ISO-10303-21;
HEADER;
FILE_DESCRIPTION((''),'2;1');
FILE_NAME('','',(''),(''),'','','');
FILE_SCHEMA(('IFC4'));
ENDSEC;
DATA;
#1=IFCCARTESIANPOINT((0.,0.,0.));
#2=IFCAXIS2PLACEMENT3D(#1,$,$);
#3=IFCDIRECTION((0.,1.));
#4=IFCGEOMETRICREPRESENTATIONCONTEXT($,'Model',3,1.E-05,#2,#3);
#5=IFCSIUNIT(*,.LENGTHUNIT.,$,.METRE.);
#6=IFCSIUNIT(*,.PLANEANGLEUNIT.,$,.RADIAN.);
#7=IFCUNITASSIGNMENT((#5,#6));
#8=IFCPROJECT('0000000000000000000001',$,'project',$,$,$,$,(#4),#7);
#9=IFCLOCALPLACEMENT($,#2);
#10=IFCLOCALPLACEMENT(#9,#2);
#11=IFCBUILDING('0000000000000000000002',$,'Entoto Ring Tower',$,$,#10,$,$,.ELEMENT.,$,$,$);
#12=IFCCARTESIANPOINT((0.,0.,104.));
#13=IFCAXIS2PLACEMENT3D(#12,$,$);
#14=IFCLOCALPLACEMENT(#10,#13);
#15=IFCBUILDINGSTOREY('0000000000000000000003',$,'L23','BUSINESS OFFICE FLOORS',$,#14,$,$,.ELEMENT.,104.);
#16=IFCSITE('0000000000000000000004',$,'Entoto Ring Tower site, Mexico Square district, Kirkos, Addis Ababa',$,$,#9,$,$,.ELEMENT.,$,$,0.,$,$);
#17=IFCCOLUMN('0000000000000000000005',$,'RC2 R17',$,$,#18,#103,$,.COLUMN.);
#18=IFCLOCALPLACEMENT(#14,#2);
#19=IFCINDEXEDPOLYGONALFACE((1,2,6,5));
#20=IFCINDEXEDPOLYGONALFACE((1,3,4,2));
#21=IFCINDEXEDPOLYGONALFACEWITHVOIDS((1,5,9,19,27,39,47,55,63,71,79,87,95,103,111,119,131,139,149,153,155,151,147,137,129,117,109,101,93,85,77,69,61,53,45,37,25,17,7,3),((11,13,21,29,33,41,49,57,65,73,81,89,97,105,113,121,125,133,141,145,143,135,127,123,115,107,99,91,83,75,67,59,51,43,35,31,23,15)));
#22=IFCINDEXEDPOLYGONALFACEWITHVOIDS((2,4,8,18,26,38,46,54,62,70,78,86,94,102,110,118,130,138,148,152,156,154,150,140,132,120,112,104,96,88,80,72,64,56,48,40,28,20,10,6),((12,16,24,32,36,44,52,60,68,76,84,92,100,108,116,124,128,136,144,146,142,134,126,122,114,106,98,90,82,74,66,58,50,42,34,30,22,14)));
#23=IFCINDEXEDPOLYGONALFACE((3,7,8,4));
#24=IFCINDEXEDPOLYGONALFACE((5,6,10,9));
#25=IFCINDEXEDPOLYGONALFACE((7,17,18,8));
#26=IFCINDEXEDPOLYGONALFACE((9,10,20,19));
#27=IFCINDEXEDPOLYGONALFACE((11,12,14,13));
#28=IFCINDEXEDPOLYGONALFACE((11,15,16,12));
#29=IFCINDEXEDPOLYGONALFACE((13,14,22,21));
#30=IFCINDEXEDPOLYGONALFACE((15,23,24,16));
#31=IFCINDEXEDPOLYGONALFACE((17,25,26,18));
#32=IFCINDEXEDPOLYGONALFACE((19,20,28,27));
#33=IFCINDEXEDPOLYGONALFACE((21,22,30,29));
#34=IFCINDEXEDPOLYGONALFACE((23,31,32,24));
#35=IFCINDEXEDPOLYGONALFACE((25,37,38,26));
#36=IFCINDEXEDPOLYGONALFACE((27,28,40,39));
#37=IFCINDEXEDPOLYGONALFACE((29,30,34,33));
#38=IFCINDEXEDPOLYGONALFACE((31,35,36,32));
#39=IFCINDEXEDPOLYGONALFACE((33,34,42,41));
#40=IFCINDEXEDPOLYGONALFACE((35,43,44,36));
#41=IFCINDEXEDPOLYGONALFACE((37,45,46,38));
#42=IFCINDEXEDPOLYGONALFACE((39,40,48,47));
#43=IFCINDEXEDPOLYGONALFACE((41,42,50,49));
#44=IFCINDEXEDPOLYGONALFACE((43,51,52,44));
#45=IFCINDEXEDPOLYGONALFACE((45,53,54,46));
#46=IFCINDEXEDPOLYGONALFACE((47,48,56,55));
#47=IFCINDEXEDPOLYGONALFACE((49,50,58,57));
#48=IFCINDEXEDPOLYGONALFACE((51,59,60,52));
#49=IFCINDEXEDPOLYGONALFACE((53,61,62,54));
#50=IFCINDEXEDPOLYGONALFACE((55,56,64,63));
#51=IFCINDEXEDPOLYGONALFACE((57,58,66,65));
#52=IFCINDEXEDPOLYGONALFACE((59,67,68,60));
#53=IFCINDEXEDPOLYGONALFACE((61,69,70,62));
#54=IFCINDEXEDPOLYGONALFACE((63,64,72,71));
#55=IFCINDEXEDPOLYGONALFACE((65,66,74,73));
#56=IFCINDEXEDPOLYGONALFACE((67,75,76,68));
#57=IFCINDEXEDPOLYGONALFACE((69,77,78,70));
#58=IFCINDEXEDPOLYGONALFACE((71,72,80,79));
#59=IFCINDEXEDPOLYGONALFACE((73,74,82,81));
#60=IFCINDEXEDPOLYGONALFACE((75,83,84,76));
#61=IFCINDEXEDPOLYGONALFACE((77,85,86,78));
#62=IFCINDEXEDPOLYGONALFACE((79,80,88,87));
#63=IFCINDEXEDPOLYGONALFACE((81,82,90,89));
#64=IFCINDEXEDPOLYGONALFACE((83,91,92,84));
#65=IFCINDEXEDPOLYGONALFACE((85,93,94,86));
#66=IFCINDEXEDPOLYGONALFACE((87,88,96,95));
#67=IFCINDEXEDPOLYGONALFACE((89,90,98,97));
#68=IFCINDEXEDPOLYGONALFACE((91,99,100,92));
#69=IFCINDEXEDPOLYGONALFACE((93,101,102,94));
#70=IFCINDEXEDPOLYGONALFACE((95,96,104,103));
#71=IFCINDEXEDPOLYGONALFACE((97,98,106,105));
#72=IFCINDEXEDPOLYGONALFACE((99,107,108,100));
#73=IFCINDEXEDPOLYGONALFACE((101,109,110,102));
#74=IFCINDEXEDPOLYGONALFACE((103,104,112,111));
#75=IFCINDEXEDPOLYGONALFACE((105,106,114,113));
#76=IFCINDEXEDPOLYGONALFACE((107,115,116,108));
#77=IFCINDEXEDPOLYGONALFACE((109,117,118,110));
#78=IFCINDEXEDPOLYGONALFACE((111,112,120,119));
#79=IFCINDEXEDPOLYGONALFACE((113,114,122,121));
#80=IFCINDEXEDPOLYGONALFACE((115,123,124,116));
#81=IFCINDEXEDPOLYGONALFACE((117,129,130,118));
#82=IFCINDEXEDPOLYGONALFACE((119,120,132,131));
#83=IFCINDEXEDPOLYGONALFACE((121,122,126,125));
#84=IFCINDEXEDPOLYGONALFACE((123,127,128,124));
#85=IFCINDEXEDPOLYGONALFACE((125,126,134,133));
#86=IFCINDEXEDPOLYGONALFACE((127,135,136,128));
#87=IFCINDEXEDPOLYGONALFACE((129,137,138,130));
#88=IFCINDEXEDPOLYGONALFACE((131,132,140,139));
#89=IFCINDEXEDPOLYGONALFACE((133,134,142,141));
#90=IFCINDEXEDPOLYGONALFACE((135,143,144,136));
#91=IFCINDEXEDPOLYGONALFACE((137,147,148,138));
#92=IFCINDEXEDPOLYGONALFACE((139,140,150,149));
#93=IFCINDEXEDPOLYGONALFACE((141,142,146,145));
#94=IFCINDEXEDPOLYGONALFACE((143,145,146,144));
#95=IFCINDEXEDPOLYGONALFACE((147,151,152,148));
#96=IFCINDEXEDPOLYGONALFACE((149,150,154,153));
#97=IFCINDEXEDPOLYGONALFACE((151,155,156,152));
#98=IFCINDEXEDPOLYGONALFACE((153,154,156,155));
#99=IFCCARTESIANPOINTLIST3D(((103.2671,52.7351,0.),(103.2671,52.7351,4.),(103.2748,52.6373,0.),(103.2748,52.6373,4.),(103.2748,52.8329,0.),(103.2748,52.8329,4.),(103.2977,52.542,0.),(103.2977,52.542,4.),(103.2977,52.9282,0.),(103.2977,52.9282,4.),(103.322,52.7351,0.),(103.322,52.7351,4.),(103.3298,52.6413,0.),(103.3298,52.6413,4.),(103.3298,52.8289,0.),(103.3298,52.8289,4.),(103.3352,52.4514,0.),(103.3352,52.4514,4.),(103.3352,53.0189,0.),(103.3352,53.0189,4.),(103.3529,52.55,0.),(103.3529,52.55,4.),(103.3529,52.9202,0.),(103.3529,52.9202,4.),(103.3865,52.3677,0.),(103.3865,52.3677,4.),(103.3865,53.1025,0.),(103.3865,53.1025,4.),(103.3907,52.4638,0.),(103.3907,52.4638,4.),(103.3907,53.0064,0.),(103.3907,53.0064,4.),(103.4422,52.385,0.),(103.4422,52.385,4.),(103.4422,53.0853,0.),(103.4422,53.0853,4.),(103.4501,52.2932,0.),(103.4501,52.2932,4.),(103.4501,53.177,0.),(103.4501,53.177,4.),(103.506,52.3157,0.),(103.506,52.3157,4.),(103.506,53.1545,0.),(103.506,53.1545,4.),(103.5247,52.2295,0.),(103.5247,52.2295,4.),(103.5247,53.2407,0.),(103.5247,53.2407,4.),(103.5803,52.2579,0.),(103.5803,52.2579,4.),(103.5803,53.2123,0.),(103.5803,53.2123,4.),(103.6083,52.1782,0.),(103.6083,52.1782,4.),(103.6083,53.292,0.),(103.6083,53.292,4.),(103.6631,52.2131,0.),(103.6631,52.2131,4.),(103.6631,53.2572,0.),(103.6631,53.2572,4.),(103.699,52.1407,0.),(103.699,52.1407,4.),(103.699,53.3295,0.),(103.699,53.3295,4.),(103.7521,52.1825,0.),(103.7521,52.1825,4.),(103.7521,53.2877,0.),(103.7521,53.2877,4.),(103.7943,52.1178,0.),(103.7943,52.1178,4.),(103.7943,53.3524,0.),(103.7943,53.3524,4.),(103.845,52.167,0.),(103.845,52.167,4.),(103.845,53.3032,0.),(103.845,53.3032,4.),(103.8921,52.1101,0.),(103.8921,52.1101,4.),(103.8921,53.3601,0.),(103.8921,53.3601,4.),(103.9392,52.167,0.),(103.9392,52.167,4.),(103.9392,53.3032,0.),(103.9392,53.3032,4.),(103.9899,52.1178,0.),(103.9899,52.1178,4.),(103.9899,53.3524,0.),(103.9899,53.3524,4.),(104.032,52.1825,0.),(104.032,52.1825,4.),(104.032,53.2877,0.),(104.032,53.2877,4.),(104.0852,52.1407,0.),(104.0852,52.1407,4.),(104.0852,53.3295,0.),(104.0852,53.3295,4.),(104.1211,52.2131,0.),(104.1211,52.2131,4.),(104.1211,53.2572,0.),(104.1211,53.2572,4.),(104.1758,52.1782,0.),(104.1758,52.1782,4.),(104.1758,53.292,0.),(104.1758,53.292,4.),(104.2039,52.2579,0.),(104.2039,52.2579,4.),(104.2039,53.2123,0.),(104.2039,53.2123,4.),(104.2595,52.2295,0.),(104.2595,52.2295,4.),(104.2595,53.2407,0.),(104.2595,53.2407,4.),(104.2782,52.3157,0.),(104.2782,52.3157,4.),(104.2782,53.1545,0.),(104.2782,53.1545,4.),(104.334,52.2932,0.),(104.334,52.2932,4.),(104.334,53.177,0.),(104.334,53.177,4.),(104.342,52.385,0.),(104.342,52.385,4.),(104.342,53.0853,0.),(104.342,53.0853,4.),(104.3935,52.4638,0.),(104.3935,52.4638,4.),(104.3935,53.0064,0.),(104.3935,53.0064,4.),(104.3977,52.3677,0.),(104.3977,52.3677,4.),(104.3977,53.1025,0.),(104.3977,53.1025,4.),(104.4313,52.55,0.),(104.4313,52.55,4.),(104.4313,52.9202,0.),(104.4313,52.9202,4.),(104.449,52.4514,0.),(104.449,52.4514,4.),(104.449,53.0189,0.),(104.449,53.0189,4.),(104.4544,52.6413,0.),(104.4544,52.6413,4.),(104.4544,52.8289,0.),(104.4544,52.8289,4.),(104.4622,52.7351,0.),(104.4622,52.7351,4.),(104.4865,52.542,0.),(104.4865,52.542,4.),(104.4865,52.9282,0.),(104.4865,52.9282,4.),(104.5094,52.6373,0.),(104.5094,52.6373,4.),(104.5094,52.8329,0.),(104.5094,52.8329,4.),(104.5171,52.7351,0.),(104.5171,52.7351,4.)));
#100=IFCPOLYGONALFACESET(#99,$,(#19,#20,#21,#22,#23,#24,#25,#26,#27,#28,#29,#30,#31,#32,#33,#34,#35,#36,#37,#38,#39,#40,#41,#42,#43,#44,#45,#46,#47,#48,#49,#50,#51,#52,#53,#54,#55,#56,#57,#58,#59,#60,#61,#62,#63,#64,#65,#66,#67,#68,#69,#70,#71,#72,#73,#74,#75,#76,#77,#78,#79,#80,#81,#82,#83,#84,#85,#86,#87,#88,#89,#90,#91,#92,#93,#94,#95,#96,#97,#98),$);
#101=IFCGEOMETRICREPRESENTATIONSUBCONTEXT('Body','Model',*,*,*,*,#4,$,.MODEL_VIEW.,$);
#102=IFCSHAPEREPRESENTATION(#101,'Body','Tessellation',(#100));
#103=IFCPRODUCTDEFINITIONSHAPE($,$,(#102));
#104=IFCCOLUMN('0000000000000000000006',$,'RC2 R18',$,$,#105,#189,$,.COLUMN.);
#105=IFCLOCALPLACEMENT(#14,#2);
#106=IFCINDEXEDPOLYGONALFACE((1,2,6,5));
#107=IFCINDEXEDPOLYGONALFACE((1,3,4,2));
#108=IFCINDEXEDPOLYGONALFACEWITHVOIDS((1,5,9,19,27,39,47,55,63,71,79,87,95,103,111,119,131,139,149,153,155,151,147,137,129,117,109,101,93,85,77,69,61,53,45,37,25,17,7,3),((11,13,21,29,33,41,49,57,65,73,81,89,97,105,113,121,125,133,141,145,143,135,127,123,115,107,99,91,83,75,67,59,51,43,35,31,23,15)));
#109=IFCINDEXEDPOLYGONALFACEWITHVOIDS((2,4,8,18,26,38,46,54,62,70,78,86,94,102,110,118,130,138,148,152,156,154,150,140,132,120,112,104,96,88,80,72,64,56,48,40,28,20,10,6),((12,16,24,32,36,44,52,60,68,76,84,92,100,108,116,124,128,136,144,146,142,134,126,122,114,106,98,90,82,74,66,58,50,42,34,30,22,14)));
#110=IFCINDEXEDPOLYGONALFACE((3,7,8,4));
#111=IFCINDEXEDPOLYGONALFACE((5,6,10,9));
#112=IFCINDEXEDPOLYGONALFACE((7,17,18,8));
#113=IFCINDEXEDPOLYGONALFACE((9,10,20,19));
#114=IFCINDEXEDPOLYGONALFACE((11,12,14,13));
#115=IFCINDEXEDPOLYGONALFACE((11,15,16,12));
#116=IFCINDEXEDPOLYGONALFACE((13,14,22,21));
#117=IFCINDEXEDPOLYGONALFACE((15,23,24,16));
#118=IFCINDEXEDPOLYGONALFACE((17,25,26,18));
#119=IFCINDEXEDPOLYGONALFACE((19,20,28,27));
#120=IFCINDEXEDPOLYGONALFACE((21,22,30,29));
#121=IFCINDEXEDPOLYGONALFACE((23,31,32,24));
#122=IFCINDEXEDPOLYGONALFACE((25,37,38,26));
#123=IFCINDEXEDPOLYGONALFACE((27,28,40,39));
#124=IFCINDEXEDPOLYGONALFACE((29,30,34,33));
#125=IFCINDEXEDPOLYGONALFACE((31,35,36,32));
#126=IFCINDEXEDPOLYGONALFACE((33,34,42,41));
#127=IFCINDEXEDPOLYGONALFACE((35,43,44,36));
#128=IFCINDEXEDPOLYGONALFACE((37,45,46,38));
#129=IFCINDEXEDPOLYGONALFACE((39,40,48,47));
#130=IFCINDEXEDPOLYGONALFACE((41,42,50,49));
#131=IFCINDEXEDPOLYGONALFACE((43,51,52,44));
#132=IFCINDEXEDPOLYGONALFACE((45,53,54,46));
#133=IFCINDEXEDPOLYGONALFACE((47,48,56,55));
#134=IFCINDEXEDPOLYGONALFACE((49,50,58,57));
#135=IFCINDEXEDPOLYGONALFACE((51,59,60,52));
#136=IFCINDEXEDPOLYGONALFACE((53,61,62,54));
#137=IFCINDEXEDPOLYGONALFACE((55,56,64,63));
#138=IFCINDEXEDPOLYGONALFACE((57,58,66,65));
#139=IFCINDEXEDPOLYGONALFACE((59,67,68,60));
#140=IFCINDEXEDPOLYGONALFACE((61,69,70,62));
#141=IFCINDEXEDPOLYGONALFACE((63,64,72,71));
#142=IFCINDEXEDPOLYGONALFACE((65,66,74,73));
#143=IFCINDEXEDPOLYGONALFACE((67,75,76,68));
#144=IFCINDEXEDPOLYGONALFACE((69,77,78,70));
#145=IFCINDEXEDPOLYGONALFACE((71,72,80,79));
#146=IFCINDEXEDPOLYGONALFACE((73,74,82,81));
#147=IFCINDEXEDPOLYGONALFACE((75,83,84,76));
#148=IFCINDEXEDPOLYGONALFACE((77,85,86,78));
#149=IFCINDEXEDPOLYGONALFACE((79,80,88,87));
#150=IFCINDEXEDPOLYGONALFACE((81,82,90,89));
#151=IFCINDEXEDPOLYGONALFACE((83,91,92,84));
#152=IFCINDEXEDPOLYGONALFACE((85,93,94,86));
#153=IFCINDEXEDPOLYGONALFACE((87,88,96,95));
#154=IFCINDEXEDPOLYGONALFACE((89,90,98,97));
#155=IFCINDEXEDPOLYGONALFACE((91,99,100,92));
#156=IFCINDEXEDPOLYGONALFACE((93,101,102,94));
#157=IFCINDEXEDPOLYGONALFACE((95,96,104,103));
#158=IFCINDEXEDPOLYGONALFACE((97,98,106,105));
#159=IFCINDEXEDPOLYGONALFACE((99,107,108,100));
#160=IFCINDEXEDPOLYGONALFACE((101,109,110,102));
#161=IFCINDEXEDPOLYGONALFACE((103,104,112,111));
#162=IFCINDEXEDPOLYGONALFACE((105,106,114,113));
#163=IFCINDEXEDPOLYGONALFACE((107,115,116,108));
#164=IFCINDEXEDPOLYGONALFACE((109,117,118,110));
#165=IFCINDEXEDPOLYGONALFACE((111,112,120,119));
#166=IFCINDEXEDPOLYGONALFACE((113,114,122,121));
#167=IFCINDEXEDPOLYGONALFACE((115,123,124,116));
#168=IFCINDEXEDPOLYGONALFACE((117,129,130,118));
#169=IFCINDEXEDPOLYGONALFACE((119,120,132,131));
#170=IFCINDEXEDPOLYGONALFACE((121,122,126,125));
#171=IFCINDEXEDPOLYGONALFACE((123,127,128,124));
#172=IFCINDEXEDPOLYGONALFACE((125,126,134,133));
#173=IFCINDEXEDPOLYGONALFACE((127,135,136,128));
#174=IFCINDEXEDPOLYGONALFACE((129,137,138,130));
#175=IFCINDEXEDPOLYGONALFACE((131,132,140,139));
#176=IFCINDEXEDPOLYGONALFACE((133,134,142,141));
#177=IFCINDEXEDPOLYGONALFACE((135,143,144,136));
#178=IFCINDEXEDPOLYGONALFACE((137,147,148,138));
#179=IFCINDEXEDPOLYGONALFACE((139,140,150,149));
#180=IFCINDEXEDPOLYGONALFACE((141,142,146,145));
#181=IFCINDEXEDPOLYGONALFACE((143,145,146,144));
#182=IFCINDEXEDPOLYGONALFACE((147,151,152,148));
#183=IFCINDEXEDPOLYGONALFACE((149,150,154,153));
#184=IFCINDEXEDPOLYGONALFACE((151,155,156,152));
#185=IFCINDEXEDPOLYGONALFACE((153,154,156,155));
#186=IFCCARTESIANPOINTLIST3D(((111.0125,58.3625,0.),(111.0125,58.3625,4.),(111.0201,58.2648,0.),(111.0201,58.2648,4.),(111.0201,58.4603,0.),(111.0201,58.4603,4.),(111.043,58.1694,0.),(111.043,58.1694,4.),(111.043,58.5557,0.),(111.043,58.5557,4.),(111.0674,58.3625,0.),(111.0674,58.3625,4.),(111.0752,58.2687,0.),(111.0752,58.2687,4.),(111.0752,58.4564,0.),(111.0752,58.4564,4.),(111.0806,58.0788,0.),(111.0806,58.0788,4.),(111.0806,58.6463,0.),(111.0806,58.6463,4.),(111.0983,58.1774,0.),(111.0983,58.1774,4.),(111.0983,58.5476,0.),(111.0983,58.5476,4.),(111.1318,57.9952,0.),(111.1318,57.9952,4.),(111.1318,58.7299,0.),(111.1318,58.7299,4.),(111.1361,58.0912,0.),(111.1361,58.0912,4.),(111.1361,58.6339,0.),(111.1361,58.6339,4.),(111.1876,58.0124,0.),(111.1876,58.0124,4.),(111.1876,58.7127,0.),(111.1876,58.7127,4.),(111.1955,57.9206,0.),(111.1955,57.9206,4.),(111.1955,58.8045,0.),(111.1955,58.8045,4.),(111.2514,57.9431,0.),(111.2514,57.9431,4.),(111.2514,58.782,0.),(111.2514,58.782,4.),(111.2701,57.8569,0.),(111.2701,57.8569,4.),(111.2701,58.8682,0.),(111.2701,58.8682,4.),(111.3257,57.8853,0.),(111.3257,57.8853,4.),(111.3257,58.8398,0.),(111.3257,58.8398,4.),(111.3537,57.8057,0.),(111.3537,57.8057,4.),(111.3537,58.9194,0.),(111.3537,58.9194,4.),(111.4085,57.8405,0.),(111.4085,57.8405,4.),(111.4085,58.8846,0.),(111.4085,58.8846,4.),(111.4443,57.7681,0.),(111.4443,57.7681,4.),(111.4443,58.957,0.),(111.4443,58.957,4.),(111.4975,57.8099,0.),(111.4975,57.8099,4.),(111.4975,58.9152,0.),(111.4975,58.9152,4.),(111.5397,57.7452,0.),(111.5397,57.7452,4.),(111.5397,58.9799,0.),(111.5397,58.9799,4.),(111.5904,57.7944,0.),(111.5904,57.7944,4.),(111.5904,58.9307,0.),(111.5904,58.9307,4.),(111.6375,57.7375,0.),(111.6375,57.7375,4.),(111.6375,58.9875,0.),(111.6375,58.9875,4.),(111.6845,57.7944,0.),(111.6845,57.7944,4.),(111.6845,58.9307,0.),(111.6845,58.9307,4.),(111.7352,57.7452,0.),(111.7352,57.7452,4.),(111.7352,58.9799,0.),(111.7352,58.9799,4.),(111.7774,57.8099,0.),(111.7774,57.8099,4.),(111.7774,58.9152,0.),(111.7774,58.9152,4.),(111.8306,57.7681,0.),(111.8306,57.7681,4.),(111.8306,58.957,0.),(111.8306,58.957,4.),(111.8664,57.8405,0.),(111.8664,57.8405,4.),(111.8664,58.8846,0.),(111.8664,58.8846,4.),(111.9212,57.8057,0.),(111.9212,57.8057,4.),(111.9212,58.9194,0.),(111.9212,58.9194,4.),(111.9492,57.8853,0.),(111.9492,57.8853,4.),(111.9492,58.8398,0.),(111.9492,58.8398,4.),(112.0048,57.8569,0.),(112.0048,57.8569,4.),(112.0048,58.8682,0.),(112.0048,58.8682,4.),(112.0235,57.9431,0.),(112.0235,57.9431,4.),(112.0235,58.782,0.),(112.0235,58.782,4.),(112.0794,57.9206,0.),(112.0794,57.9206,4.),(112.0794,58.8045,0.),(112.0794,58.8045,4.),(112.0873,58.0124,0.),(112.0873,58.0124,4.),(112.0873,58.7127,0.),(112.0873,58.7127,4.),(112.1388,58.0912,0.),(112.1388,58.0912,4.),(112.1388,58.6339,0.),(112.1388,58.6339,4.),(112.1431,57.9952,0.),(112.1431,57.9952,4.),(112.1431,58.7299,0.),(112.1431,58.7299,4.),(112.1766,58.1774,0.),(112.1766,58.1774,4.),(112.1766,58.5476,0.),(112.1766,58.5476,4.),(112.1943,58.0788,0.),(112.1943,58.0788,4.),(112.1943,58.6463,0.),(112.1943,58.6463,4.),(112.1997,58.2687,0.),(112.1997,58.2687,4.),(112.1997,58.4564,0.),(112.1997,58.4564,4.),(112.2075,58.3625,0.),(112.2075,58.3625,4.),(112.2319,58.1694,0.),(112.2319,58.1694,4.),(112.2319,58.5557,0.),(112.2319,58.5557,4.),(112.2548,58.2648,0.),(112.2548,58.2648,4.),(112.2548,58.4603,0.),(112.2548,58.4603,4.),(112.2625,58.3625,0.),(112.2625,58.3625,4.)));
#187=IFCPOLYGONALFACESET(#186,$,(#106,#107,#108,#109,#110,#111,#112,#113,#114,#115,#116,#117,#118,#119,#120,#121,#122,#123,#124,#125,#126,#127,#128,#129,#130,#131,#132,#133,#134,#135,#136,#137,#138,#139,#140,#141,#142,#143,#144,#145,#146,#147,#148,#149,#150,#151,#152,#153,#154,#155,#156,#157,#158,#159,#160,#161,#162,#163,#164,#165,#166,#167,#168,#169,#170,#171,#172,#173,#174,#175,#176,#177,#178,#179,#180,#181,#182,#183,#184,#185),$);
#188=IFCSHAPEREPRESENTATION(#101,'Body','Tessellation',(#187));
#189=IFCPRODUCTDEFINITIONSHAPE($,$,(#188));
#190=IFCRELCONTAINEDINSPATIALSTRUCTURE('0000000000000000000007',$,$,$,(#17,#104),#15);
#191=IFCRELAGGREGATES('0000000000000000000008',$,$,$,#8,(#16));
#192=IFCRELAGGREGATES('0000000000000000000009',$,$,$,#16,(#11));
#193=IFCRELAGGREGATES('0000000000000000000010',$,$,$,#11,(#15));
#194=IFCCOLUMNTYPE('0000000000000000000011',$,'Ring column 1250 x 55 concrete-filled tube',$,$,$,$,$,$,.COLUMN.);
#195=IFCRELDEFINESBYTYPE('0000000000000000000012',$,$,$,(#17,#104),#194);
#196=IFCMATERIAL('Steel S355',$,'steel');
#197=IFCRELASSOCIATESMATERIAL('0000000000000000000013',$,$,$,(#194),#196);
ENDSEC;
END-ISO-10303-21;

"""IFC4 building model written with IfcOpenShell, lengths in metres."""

from ifc_helpers import new_model, si_unit, direction, frame, origin, origin_2d, place, context, subcontext, project, spatial, circle, hollow_circle, extrude, material, material_profile, profile_set, type_object, element, save


model = new_model("IFC4")

# Units and contexts
model_context = context("Model", 3, precision=1e-05, world=origin(), true_north=direction((0.0, 1.0)))
body_context = subcontext(model_context, "Body", "Model", "MODEL_VIEW")
ifc_project = project(units=[si_unit("LENGTHUNIT", "METRE"), si_unit("PLANEANGLEUNIT", "RADIAN")], contexts=[model_context])

# Site, building, storey
site_placement = place(None, origin())
site = spatial("IfcSite", under=ifc_project, at=site_placement, Name="Entoto Ring Tower site, Mexico Square district, Kirkos, Addis Ababa", CompositionType="ELEMENT", RefElevation=0.0)
building_placement = place(site_placement, origin())
building = spatial("IfcBuilding", under=site, at=building_placement, Name="Entoto Ring Tower", CompositionType="ELEMENT")
storey_placement = place(building_placement, frame((0.0, 0.0, 104.0)))
storey = spatial("IfcBuildingStorey", under=building, at=storey_placement, Name="L23", Description="BUSINESS OFFICE FLOORS", CompositionType="ELEMENT", Elevation=104.0)

# Columns
ifc_material_1 = material(Name="Steel S355", Category="steel")
ifc_material_profile_1 = material_profile(ifc_material_1, hollow_circle(Radius=0.625, WallThickness=0.0549, at=origin_2d()), Name="CHS 1250 x 55")
ifc_material_2 = material(Name="Concrete C60/75", Category="concrete")
ifc_material_profile_2 = material_profile(ifc_material_2, circle(Radius=0.5701, at=origin_2d()), Name="Concrete C60/75 infill")
ifc_profile_set_1 = profile_set([ifc_material_profile_1, ifc_material_profile_2], Name="Steel S355")
column_type = type_object("IfcColumnType", Name="Ring column 1250 x 55 concrete-filled tube", PredefinedType="COLUMN", material=ifc_profile_set_1)
for number, where, z_axis, x_axis, name in (
    (1, (103.8921, 52.7351, 0.0), (0.0, 0.0, 1.0), (1.0, 0.0, 0.0), "RC2 R17"),
    (2, (111.6375, 58.3625, 0.0), (0.0, 0.0, 1.0), (1.0, 0.0, 0.0), "RC2 R18"),
):
    element("IfcColumn", number, at=place(storey_placement, frame(where, z_axis=z_axis, x_axis=x_axis)), inside=storey, type_object=column_type, Name=name, PredefinedType="COLUMN", context=body_context, shape_type="SweptSolid", body=[
        extrude(hollow_circle(Radius=0.625, WallThickness=0.0549, at=origin_2d()), origin(), (0.0, 0.0, 1.0), 4.0),
    ])

save(model, "model.ifc")
